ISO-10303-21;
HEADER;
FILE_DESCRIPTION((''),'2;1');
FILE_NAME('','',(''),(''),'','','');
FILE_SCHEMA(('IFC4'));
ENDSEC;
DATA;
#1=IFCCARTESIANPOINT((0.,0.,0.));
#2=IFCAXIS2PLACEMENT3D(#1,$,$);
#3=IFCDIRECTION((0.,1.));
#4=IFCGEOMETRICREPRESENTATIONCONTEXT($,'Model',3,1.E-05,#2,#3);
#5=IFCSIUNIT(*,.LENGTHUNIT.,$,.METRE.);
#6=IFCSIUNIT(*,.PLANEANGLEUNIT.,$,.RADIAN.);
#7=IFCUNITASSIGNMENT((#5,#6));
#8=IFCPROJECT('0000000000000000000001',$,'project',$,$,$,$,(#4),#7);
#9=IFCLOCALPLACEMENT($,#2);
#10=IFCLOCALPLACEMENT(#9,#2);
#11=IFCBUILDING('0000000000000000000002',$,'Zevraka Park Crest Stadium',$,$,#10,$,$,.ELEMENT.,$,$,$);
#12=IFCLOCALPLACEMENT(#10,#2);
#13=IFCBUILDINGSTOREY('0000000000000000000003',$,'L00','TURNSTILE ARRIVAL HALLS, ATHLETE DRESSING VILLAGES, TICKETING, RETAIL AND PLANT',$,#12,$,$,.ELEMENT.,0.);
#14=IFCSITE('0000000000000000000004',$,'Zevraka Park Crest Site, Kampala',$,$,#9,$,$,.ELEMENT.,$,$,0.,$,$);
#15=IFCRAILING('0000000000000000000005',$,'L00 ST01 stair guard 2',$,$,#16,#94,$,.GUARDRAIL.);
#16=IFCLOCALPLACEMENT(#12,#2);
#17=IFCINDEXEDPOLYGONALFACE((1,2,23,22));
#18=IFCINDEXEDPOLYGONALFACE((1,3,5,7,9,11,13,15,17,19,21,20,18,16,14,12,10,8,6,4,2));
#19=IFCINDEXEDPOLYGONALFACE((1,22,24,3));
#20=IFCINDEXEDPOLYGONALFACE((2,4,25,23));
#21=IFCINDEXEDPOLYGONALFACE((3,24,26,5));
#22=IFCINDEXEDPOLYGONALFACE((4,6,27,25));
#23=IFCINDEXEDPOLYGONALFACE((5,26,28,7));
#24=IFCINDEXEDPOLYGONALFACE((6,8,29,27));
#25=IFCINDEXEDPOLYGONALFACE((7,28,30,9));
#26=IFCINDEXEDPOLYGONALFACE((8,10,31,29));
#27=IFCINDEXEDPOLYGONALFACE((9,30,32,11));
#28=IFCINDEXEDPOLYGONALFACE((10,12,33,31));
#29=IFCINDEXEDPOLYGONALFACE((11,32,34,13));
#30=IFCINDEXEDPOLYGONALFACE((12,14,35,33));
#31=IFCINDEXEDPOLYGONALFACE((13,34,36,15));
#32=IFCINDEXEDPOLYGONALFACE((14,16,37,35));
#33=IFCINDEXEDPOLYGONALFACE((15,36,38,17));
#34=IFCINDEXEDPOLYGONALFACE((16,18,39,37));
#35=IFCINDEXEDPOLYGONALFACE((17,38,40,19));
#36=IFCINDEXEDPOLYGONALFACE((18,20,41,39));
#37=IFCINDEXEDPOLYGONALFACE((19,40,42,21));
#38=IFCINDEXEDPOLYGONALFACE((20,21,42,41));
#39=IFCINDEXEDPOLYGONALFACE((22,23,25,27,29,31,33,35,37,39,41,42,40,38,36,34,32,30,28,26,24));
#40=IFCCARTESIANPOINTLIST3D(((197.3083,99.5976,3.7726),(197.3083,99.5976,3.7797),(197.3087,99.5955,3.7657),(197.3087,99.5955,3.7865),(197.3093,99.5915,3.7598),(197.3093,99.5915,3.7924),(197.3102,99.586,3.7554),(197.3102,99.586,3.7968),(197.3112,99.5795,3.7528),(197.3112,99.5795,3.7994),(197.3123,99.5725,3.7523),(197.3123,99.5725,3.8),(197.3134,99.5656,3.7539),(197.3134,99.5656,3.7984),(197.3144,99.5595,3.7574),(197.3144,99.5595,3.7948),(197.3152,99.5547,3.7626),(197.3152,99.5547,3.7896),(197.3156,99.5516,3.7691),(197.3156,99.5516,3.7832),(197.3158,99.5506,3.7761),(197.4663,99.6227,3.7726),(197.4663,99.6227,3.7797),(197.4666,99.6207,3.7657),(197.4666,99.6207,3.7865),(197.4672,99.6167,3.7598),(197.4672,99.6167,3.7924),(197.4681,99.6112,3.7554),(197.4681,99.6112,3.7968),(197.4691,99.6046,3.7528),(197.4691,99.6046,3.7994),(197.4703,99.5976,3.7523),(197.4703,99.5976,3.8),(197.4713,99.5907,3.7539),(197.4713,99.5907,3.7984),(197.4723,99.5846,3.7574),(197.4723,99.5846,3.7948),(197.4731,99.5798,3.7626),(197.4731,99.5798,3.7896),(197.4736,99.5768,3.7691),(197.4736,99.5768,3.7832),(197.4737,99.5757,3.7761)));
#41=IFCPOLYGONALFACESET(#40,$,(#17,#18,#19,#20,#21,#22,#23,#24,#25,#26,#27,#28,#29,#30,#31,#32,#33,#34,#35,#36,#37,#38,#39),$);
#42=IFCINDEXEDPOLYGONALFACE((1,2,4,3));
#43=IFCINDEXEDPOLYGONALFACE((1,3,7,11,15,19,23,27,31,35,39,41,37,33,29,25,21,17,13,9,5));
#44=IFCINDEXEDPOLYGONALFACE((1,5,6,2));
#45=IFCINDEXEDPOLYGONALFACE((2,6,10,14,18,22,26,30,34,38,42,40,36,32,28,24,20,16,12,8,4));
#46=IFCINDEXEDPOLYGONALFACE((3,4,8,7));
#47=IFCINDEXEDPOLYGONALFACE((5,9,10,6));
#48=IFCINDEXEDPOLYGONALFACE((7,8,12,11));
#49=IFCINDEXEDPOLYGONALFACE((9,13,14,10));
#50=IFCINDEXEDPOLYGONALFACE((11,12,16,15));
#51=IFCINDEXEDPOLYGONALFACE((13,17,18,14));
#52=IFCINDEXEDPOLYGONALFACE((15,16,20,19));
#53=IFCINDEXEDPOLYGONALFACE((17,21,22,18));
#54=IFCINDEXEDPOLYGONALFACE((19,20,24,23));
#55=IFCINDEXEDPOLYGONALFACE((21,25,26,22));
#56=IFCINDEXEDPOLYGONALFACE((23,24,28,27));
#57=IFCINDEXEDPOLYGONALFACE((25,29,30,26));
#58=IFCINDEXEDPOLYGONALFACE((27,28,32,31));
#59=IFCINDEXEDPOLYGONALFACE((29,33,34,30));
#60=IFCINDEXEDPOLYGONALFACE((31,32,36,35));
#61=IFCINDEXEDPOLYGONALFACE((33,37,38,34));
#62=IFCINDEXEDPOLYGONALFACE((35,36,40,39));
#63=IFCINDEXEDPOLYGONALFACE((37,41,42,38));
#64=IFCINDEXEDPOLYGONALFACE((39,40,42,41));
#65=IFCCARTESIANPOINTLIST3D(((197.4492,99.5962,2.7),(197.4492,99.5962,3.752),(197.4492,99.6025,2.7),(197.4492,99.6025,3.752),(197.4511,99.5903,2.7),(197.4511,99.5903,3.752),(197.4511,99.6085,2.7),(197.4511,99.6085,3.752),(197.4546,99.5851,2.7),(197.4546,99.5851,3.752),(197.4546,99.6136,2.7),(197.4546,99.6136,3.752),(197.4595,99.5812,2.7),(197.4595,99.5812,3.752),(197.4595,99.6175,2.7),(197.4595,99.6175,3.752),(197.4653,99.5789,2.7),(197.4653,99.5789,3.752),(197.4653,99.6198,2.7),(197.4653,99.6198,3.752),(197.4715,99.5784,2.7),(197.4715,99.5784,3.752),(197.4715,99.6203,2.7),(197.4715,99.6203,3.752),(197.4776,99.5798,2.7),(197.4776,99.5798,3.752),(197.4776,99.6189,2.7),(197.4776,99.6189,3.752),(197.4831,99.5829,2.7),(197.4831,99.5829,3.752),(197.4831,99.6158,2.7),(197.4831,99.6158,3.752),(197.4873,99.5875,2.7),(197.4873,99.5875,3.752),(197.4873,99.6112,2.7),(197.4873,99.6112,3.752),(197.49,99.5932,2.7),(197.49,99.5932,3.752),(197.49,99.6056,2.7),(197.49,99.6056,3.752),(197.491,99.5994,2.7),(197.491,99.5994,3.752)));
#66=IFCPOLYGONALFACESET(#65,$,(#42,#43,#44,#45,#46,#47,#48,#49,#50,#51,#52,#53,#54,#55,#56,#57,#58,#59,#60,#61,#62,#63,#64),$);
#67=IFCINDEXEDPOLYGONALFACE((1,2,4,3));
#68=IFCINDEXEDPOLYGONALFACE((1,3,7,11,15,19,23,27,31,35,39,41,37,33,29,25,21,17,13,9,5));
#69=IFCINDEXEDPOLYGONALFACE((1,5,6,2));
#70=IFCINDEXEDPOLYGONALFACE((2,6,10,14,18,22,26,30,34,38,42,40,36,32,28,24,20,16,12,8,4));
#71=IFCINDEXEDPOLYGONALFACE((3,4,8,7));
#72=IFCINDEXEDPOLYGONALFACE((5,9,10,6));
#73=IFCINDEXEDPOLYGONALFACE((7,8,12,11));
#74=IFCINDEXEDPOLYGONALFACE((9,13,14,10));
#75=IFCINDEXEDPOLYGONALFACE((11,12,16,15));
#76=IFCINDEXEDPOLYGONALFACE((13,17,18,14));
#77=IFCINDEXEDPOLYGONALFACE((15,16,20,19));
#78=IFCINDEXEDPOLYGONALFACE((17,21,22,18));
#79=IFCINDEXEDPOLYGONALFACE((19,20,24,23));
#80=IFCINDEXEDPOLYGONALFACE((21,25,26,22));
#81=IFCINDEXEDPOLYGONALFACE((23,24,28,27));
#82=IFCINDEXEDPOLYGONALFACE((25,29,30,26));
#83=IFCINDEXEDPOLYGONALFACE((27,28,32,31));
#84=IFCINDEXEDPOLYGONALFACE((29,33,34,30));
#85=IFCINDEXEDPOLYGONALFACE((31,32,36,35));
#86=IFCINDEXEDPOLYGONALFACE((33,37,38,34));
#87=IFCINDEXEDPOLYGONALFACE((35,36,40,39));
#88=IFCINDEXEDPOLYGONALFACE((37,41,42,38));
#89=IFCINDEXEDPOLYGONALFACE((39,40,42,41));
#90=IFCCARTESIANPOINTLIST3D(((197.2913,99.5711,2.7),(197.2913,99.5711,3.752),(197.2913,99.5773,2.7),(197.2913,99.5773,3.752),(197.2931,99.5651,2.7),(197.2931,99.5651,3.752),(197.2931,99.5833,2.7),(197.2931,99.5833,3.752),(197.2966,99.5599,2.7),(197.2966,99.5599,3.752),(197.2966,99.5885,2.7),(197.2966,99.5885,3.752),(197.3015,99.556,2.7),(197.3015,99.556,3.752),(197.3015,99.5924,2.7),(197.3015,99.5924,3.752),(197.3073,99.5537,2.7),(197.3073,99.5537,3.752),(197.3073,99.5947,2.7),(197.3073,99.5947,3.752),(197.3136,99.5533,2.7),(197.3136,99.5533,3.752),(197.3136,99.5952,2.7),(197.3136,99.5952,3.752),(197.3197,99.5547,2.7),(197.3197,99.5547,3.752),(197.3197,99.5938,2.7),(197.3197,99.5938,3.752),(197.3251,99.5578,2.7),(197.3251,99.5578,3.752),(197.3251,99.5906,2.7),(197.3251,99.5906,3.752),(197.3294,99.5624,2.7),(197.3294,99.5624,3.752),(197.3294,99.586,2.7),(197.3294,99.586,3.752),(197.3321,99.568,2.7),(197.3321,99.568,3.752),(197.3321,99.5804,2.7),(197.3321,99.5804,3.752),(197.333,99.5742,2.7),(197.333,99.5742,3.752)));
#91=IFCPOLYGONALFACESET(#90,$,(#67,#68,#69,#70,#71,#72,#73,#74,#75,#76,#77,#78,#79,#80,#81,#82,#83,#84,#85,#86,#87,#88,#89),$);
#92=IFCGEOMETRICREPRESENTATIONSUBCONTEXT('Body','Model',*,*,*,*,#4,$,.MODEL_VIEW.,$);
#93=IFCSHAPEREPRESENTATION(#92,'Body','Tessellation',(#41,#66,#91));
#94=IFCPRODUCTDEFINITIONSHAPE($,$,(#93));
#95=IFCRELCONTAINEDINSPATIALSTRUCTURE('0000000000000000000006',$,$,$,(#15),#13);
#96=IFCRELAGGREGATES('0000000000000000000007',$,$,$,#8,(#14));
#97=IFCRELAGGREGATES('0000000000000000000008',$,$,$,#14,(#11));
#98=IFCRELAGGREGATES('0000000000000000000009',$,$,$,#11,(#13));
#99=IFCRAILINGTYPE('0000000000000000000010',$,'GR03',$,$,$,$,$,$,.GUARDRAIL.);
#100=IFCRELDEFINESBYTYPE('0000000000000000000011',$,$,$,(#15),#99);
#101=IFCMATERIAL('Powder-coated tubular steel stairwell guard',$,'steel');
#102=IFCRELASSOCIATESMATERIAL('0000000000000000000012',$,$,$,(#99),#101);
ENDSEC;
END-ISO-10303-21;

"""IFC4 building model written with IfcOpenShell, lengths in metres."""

from ifc_helpers import new_model, si_unit, direction, frame, origin, origin_2d, place, context, subcontext, project, spatial, circle, extrude, material, type_object, element, save


model = new_model("IFC4")

# Units and contexts
model_context = context("Model", 3, precision=1e-05, world=origin(), true_north=direction((0.0, 1.0)))
body_context = subcontext(model_context, "Body", "Model", "MODEL_VIEW")
ifc_project = project(units=[si_unit("LENGTHUNIT", "METRE"), si_unit("PLANEANGLEUNIT", "RADIAN")], contexts=[model_context])

# Site, building, storey
site_placement = place(None, origin())
site = spatial("IfcSite", under=ifc_project, at=site_placement, Name="Zevraka Park Crest Site, Kampala", CompositionType="ELEMENT", RefElevation=0.0)
building_placement = place(site_placement, origin())
building = spatial("IfcBuilding", under=site, at=building_placement, Name="Zevraka Park Crest Stadium", CompositionType="ELEMENT")
storey_placement = place(building_placement, origin())
storey = spatial("IfcBuildingStorey", under=building, at=storey_placement, Name="L00", Description="TURNSTILE ARRIVAL HALLS, ATHLETE DRESSING VILLAGES, TICKETING, RETAIL AND PLANT", CompositionType="ELEMENT", Elevation=0.0)

# Railing
ifc_material_1 = material(Name="Powder-coated tubular steel stairwell guard", Category="steel")
railing_type_1 = type_object("IfcRailingType", Name="GR03", PredefinedType="GUARDRAIL", material=ifc_material_1)
railing_1_placement = place(storey_placement, frame((197.47, 99.5994, 2.7)))
element("IfcRailing", 1, at=railing_1_placement, inside=storey, type_object=railing_type_1, Name="L00 ST01 stair guard 2", PredefinedType="GUARDRAIL", context=body_context, shape_type="SweptSolid", body=[
    extrude(circle(Radius=0.0239, at=origin_2d()), frame((0.0, 0.0, 1.0762), z_axis=(-0.987564, -0.157217, 0.0), x_axis=(0.157217, -0.987564, 0.0)), (0.0, 0.0, 1.0), 0.1599),
    extrude(circle(Radius=0.021, at=origin_2d()), origin(), (0.0, 0.0, 1.0), 1.052),
    extrude(circle(Radius=0.021, at=origin_2d()), frame((-0.158, -0.0251, 0.0)), (0.0, 0.0, 1.0), 1.052),
])

save(model, "model.ifc")
